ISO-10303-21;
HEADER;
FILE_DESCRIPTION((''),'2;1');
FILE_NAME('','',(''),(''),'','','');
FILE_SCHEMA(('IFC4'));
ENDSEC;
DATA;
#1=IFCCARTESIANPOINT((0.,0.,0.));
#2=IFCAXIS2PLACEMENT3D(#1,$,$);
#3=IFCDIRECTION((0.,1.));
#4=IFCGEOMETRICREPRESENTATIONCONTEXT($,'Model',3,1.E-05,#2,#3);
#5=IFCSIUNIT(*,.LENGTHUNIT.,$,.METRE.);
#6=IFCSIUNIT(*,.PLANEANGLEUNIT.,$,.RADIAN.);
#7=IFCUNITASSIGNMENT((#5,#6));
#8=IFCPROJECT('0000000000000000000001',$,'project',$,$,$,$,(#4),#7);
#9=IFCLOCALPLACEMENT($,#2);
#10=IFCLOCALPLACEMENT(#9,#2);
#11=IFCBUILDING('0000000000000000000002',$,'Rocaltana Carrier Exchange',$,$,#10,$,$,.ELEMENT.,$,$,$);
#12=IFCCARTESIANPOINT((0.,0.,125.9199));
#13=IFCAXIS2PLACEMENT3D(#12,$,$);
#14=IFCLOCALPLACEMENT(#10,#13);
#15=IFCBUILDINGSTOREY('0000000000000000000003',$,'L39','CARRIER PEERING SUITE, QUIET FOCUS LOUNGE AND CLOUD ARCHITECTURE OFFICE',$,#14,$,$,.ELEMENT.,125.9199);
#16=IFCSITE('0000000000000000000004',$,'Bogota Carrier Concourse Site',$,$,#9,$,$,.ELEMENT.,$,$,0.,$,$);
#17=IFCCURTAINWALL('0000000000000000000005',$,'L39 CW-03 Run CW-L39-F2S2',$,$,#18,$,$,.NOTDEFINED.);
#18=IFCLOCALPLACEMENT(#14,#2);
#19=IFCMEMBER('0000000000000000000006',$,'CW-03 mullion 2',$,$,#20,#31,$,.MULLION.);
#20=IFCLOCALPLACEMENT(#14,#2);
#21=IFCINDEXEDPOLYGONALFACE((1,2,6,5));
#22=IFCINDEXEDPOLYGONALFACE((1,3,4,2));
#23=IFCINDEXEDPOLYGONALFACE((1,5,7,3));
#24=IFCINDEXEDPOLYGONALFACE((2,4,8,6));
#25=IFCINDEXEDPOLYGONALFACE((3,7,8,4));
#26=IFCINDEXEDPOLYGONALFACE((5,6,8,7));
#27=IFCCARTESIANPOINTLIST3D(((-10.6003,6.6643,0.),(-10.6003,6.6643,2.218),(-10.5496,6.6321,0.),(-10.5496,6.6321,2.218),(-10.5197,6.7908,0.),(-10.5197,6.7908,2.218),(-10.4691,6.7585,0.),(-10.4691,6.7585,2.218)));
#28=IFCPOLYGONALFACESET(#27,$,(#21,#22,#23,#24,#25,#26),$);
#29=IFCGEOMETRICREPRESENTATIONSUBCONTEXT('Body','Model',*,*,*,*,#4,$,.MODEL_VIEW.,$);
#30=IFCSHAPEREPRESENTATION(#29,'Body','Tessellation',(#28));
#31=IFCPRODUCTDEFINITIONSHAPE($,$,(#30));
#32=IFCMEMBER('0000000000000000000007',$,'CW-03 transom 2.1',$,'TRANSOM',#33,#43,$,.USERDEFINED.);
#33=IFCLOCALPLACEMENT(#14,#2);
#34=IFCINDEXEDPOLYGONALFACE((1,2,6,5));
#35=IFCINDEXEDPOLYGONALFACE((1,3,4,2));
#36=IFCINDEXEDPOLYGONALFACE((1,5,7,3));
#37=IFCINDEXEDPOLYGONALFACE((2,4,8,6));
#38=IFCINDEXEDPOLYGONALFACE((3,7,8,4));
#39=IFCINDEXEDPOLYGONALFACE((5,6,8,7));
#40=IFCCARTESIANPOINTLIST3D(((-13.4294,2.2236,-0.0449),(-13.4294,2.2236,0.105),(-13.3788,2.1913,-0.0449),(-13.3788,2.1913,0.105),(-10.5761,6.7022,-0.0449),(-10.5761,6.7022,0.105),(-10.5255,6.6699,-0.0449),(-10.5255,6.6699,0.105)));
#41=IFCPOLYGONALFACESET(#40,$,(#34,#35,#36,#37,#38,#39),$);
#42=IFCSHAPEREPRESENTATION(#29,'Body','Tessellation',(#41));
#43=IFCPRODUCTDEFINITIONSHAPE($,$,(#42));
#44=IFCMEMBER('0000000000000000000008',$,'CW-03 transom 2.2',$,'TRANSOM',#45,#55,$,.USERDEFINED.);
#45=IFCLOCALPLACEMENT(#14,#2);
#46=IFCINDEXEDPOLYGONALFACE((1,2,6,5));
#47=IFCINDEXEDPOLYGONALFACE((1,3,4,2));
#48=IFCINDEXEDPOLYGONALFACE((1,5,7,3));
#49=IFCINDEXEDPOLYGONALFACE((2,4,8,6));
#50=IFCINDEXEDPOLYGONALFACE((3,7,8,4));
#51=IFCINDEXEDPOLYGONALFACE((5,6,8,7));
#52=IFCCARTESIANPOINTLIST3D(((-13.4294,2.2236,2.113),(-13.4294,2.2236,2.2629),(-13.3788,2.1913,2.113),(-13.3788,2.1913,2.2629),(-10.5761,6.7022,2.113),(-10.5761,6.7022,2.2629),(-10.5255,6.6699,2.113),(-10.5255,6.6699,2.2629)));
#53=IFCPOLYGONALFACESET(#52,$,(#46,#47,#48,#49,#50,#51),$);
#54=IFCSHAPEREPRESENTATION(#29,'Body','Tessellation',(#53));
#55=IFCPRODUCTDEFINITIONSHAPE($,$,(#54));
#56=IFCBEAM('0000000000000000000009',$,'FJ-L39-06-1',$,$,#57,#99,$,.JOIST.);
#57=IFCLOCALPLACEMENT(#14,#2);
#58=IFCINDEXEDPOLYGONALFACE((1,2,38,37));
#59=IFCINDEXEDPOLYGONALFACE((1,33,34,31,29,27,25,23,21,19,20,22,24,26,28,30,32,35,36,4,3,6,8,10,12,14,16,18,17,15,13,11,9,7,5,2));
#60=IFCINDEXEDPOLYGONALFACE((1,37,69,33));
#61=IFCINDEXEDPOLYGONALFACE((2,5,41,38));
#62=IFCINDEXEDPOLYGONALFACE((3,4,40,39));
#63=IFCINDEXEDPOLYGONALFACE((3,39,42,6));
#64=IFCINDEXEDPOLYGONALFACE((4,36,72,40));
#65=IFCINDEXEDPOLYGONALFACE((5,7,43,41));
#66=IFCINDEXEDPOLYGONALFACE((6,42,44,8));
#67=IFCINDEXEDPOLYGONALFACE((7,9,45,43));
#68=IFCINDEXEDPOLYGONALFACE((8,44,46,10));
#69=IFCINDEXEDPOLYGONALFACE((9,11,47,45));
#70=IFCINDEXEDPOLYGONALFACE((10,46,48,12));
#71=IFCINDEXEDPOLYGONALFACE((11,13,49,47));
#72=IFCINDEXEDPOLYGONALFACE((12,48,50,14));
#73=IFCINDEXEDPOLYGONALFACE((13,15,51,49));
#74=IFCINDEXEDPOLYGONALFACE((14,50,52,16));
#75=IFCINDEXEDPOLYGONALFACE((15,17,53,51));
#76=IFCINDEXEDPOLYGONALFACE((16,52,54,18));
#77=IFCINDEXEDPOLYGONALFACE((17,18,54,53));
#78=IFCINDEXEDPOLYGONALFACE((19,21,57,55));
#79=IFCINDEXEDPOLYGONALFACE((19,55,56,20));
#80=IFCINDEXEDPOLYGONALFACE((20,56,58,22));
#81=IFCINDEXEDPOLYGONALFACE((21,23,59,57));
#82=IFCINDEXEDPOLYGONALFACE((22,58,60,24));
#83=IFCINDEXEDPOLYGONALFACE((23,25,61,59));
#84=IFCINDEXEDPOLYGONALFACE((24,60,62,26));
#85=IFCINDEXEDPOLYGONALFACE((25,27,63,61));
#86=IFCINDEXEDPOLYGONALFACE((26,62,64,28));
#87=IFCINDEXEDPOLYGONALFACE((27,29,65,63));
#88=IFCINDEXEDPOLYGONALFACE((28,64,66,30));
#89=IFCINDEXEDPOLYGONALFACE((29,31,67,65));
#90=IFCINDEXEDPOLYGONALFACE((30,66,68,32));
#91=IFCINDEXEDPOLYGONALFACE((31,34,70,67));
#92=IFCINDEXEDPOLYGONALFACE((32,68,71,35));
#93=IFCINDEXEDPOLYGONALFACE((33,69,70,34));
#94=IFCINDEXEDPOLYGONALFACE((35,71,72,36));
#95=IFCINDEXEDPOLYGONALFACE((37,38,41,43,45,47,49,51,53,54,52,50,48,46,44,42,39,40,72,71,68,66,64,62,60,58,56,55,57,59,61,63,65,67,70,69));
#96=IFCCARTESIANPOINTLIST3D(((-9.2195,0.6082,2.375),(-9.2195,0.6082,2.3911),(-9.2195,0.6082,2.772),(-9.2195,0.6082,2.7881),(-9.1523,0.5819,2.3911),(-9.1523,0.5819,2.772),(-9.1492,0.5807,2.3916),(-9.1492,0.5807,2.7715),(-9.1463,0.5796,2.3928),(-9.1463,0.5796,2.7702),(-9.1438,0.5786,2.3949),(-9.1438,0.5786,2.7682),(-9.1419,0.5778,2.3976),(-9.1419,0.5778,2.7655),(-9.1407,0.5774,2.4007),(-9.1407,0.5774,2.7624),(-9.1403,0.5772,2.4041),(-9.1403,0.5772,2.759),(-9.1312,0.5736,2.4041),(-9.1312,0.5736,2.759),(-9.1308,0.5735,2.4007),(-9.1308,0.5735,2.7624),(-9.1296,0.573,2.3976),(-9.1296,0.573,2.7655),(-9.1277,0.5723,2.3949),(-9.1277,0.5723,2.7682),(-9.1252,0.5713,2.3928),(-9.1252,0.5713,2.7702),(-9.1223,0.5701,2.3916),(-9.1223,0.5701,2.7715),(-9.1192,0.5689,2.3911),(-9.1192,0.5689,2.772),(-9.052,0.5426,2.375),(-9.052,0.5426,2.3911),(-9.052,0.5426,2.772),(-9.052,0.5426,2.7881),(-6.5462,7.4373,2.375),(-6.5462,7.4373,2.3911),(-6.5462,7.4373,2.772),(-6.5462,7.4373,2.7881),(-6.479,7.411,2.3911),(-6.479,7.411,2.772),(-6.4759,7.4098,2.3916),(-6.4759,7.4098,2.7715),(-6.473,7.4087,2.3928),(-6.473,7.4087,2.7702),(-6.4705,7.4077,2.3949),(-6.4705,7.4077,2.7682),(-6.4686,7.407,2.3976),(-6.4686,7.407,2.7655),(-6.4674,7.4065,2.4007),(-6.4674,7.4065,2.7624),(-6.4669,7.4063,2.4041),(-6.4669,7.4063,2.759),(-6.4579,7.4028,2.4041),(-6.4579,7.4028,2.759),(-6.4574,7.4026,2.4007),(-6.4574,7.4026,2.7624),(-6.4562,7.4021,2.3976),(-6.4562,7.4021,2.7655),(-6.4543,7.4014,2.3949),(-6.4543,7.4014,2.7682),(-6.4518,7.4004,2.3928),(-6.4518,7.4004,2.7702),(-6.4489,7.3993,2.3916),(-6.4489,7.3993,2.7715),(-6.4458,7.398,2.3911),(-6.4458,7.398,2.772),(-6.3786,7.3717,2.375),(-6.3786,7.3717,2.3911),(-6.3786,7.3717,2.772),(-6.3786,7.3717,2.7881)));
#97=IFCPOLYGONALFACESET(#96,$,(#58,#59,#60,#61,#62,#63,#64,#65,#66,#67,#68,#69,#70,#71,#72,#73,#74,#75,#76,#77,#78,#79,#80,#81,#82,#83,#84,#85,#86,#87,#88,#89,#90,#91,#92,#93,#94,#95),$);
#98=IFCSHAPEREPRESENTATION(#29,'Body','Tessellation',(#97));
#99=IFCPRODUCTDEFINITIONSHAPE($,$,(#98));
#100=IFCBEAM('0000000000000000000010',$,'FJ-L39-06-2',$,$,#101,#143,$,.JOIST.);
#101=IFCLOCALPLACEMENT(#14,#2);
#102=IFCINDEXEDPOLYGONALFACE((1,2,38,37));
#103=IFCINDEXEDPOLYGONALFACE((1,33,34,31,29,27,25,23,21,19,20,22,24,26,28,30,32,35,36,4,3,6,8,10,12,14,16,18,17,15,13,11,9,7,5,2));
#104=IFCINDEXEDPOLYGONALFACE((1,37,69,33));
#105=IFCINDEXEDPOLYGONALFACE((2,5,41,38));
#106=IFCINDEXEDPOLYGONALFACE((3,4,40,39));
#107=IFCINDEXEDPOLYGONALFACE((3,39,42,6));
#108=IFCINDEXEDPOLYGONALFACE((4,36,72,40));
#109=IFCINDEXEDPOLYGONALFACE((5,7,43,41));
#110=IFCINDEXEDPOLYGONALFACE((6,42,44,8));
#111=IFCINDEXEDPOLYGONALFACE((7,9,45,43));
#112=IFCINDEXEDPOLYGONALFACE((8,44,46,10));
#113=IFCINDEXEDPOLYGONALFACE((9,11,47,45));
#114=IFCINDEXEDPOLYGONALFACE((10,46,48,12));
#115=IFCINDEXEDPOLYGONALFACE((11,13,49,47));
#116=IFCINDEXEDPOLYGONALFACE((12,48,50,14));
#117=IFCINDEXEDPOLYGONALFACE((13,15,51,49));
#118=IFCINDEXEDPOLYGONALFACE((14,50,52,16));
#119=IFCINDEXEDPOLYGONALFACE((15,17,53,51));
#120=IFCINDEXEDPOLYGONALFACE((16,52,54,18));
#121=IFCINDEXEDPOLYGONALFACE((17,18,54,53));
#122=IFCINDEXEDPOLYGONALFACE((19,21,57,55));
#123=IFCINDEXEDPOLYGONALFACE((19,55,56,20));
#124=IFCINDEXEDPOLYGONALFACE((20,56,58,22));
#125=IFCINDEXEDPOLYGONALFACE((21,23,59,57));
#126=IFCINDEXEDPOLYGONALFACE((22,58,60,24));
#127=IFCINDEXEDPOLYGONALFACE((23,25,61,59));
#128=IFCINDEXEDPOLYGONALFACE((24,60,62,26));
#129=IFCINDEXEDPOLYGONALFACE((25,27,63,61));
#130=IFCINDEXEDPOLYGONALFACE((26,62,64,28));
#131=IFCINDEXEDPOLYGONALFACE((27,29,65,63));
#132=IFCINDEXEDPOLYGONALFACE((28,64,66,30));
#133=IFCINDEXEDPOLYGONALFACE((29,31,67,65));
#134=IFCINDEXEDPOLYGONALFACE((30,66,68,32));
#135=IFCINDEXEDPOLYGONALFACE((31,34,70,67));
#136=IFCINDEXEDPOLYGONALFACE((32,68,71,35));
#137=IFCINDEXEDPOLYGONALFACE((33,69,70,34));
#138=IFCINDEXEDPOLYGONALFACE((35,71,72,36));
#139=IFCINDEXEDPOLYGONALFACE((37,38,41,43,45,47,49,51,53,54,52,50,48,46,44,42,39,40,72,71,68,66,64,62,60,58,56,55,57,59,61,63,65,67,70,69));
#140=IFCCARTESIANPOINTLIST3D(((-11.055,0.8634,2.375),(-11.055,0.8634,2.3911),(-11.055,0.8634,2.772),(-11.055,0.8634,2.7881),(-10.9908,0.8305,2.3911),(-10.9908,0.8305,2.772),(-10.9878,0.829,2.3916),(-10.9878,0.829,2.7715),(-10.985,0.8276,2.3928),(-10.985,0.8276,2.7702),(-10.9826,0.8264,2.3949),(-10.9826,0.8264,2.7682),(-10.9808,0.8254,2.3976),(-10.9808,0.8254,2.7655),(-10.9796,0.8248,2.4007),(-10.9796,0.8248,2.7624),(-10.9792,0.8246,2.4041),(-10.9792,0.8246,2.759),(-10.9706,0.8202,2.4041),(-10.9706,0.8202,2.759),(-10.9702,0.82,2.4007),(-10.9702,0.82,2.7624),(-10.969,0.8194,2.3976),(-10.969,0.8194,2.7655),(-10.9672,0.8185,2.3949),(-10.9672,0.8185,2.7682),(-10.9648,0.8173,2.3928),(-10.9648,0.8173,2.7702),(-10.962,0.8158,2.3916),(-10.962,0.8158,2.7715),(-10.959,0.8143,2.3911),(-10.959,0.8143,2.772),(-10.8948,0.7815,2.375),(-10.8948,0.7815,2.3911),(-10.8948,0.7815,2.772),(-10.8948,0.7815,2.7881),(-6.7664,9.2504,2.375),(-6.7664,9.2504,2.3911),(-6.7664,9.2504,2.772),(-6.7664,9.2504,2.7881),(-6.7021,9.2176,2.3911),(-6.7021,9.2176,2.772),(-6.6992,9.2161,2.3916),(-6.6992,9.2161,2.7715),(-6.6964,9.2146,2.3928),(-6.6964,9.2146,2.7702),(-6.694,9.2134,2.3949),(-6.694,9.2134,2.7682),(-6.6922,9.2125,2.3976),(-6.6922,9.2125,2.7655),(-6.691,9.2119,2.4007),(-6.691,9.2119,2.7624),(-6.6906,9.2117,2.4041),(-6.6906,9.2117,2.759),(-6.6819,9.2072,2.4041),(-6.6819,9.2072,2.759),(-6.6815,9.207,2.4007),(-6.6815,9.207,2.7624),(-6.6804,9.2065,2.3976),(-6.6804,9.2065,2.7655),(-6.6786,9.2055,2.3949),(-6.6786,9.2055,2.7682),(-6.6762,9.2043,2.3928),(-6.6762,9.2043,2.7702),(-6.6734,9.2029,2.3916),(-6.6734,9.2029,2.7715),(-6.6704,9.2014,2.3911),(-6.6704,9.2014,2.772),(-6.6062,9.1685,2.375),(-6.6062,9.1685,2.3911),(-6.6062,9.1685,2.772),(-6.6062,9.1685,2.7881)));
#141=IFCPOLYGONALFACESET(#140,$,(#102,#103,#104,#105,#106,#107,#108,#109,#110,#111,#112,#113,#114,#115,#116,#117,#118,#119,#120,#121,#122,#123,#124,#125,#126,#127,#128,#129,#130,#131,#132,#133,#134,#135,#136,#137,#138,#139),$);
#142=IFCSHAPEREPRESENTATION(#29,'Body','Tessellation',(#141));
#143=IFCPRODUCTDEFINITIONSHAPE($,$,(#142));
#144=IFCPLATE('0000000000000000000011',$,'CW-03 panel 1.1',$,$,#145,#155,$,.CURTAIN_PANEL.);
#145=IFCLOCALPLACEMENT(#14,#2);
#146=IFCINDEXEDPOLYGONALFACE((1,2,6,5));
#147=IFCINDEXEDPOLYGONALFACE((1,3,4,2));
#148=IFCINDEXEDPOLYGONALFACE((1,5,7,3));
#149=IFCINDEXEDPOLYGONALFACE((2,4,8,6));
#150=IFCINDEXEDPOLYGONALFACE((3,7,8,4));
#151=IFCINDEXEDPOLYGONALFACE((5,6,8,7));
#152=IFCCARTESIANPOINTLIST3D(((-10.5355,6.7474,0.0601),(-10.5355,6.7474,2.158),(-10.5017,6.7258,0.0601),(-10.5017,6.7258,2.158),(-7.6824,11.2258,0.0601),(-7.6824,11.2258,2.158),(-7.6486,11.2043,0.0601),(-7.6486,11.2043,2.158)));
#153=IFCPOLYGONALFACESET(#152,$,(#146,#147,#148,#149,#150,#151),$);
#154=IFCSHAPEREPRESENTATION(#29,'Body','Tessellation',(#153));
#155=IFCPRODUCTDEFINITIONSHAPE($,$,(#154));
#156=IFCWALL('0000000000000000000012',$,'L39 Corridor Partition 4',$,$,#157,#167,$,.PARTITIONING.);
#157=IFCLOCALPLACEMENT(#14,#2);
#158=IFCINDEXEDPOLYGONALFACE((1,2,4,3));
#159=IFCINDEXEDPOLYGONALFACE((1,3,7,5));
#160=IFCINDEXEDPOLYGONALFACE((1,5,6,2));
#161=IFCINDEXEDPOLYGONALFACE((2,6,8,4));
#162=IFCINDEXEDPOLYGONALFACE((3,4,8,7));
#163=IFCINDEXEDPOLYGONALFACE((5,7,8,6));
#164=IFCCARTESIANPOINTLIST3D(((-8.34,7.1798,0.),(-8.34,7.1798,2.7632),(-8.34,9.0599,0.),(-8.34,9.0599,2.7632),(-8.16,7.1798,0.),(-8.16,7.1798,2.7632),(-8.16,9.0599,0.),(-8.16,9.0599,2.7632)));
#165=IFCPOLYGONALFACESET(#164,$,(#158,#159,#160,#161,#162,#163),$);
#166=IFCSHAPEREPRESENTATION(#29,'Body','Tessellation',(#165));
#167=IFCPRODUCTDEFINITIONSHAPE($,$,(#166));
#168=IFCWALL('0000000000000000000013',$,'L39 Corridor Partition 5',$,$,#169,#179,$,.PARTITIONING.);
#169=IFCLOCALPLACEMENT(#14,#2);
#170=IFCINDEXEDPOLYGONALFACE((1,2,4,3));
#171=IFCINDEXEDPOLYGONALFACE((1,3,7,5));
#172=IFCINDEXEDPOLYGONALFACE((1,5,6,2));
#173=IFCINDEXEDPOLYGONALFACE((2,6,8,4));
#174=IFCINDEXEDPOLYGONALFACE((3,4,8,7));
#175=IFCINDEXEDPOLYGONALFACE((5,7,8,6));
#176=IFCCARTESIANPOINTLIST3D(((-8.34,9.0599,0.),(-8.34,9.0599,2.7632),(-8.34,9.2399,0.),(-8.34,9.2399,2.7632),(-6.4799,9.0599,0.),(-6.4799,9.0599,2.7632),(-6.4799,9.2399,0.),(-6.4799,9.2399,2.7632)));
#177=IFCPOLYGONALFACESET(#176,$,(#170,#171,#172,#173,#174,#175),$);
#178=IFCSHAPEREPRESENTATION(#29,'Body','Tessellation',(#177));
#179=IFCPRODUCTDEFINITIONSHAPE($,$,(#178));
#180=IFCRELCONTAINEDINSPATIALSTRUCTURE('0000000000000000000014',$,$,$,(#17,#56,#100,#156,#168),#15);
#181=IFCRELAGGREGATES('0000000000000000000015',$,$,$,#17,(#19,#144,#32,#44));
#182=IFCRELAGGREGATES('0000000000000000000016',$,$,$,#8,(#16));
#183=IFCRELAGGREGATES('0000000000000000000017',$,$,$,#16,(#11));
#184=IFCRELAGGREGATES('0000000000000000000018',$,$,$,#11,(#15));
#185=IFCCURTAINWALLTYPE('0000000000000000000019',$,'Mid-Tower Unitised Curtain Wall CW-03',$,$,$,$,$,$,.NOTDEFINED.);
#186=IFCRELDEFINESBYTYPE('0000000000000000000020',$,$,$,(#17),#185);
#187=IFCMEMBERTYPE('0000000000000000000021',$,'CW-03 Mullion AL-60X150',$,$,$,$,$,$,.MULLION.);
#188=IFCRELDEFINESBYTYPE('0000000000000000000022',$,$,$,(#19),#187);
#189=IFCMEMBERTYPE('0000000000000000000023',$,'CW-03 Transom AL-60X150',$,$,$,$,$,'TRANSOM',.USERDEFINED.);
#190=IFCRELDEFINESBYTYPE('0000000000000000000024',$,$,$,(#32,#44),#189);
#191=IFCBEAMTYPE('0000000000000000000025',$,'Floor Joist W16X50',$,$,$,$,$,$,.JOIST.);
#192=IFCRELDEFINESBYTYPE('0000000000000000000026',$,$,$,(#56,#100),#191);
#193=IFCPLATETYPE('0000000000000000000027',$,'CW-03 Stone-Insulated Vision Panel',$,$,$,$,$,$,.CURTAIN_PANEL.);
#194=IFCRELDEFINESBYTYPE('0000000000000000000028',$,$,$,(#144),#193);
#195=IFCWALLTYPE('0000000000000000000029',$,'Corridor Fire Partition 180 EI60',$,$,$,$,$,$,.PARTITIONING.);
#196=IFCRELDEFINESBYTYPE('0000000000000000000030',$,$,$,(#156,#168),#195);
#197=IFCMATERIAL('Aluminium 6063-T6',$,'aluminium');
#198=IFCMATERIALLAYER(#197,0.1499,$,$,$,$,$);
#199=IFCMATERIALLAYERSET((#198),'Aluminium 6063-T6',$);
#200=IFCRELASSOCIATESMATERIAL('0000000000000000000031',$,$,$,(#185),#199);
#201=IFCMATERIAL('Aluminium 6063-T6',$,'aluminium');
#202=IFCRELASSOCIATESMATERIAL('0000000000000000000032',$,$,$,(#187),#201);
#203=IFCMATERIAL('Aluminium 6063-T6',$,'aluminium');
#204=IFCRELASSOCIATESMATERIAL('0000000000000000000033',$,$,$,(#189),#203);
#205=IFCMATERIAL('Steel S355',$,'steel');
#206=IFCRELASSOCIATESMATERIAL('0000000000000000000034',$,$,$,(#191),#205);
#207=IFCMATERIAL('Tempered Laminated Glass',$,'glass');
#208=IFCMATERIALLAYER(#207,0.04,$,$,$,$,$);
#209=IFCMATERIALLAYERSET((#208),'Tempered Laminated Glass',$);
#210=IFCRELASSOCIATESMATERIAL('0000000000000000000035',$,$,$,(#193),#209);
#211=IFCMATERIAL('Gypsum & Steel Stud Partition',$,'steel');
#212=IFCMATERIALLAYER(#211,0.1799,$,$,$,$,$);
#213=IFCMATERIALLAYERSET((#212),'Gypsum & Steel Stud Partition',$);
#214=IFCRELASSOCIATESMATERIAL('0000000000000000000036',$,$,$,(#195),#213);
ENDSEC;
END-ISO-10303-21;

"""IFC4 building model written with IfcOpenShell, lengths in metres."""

from ifc_helpers import new_model, si_unit, direction, frame, frame_2d, origin, origin_2d, place, context, subcontext, project, spatial, rectangle, i_section, extrude, material, layer, layer_set, material_profile, profile_set, type_object, element, aggregate, save


model = new_model("IFC4")

# Units and contexts
model_context = context("Model", 3, precision=1e-05, world=origin(), true_north=direction((0.0, 1.0)))
body_context = subcontext(model_context, "Body", "Model", "MODEL_VIEW")
ifc_project = project(units=[si_unit("LENGTHUNIT", "METRE"), si_unit("PLANEANGLEUNIT", "RADIAN")], contexts=[model_context])

# Site, building, storey
site_placement = place(None, origin())
site = spatial("IfcSite", under=ifc_project, at=site_placement, Name="Bogota Carrier Concourse Site", CompositionType="ELEMENT", RefElevation=0.0)
building_placement = place(site_placement, origin())
building = spatial("IfcBuilding", under=site, at=building_placement, Name="Rocaltana Carrier Exchange", CompositionType="ELEMENT")
storey_placement = place(building_placement, frame((0.0, 0.0, 125.9199)))
storey = spatial("IfcBuildingStorey", under=building, at=storey_placement, Name="L39", Description="CARRIER PEERING SUITE, QUIET FOCUS LOUNGE AND CLOUD ARCHITECTURE OFFICE", CompositionType="ELEMENT", Elevation=125.9199)

# Curtain wall, members
ifc_material_1 = material(Name="Aluminium 6063-T6", Category="aluminium")
ifc_layer_1 = layer(ifc_material_1, 0.1499)
ifc_layer_set_1 = layer_set([ifc_layer_1], Name="Aluminium 6063-T6")
curtain_wall_type = type_object("IfcCurtainWallType", Name="Mid-Tower Unitised Curtain Wall CW-03", PredefinedType="NOTDEFINED", material=ifc_layer_set_1)
curtain_wall_placement = place(storey_placement, origin())
curtain_wall = element("IfcCurtainWall", 1, at=curtain_wall_placement, inside=storey, type_object=curtain_wall_type, Name="L39 CW-03 Run CW-L39-F2S2", PredefinedType="NOTDEFINED")
ifc_material_2 = material(Name="Aluminium 6063-T6", Category="aluminium")
ifc_material_profile_1 = material_profile(ifc_material_2, rectangle(XDim=0.0601, YDim=0.1499, at=origin_2d()), Name="AL-60X150")
ifc_profile_set_1 = profile_set([ifc_material_profile_1], Name="Aluminium 6063-T6")
member_type_1 = type_object("IfcMemberType", Name="CW-03 Mullion AL-60X150", PredefinedType="MULLION", material=ifc_profile_set_1)
member_1_placement = place(storey_placement, frame((-10.5347, 6.7114, 0.0), z_axis=(0.0, 0.0, 1.0), x_axis=(0.843391, -0.537301, 0.0)))
member_1 = element("IfcMember", 2, at=member_1_placement, type_object=member_type_1, Name="CW-03 mullion 2", PredefinedType="MULLION", context=body_context, shape_type="SweptSolid", body=[
    extrude(rectangle(XDim=0.0601, YDim=0.1499, at=origin_2d()), origin(), (0.0, 0.0, 1.0), 2.218),
])
ifc_material_3 = material(Name="Aluminium 6063-T6", Category="aluminium")
ifc_material_profile_2 = material_profile(ifc_material_3, rectangle(XDim=0.0601, YDim=0.1499, at=origin_2d()), Name="AL-60X150")
ifc_profile_set_2 = profile_set([ifc_material_profile_2], Name="Aluminium 6063-T6")
member_type_2 = type_object("IfcMemberType", Name="CW-03 Transom AL-60X150", ElementType="TRANSOM", PredefinedType="USERDEFINED", material=ifc_profile_set_2)
member_2_placement = place(storey_placement, frame((-10.5508, 6.686, 0.03), z_axis=(-0.537319, -0.843379, 0.0), x_axis=(0.843379, -0.537319, 0.0)))
member_2 = element("IfcMember", 3, at=member_2_placement, type_object=member_type_2, Name="CW-03 transom 2.1", ObjectType="TRANSOM", PredefinedType="USERDEFINED", context=body_context, shape_type="SweptSolid", body=[
    extrude(rectangle(XDim=0.0601, YDim=0.1499, at=origin_2d()), origin(), (0.0, 0.0, 1.0), 5.3103),
])
member_3_placement = place(storey_placement, frame((-10.5508, 6.686, 2.188), z_axis=(-0.537319, -0.843379, 0.0), x_axis=(0.843379, -0.537319, 0.0)))
member_3 = element("IfcMember", 4, at=member_3_placement, type_object=member_type_2, Name="CW-03 transom 2.2", ObjectType="TRANSOM", PredefinedType="USERDEFINED", context=body_context, shape_type="SweptSolid", body=[
    extrude(rectangle(XDim=0.0601, YDim=0.1499, at=origin_2d()), origin(), (0.0, 0.0, 1.0), 5.3103),
])

# Beams
ifc_material_4 = material(Name="Steel S355", Category="steel")
ifc_material_profile_3 = material_profile(ifc_material_4, i_section(OverallWidth=0.1799, OverallDepth=0.4131, WebThickness=0.0098, FlangeThickness=0.0161, FilletRadius=0.0129, at=origin_2d()), Name="W16X50")
ifc_profile_set_3 = profile_set([ifc_material_profile_3], Name="Steel S355")
beam_type = type_object("IfcBeamType", Name="Floor Joist W16X50", PredefinedType="JOIST", material=ifc_profile_set_3)
beam_1_placement = place(storey_placement, frame((-6.4624, 7.4045, 2.5815), z_axis=(-0.364527, -0.931193, 0.0), x_axis=(0.931193, -0.364527, 0.0)))
element("IfcBeam", 5, at=beam_1_placement, inside=storey, type_object=beam_type, Name="FJ-L39-06-1", PredefinedType="JOIST", context=body_context, shape_type="SweptSolid", body=[
    extrude(i_section(OverallWidth=0.1799, OverallDepth=0.4131, WebThickness=0.0098, FlangeThickness=0.0161, FilletRadius=0.0129, at=origin_2d()), origin(), (0.0, 0.0, 1.0), 7.3337),
])
beam_2_placement = place(storey_placement, frame((-6.6863, 9.2095, 2.5815), z_axis=(-0.455271, -0.890353, 0.0), x_axis=(0.890353, -0.455271, 0.0)))
element("IfcBeam", 6, at=beam_2_placement, inside=storey, type_object=beam_type, Name="FJ-L39-06-2", PredefinedType="JOIST", context=body_context, shape_type="SweptSolid", body=[
    extrude(i_section(OverallWidth=0.1799, OverallDepth=0.4131, WebThickness=0.0098, FlangeThickness=0.0161, FilletRadius=0.0129, at=origin_2d()), origin(), (0.0, 0.0, 1.0), 9.4199),
])

# Plate
ifc_material_5 = material(Name="Tempered Laminated Glass", Category="glass")
ifc_layer_2 = layer(ifc_material_5, 0.04)
ifc_layer_set_2 = layer_set([ifc_layer_2], Name="Tempered Laminated Glass")
plate_type = type_object("IfcPlateType", Name="CW-03 Stone-Insulated Vision Panel", PredefinedType="CURTAIN_PANEL", material=ifc_layer_set_2)
plate_placement = place(storey_placement, frame((-9.092, 8.9758, 0.0601), z_axis=(0.0, 0.0, 1.0), x_axis=(-0.537301, -0.843391, 0.0)))
plate = element("IfcPlate", 7, at=plate_placement, type_object=plate_type, Name="CW-03 panel 1.1", PredefinedType="CURTAIN_PANEL", context=body_context, shape_type="SweptSolid", body=[
    extrude(rectangle(XDim=5.3101, YDim=0.04, at=origin_2d()), origin(), (0.0, 0.0, 1.0), 2.0979),
])
aggregate(curtain_wall, [member_1, plate, member_2, member_3])

# Walls
ifc_material_6 = material(Name="Gypsum & Steel Stud Partition", Category="steel")
ifc_layer_3 = layer(ifc_material_6, 0.1799)
ifc_layer_set_3 = layer_set([ifc_layer_3], Name="Gypsum & Steel Stud Partition")
wall_type_1 = type_object("IfcWallType", Name="Corridor Fire Partition 180 EI60", PredefinedType="PARTITIONING", material=ifc_layer_set_3)
wall_1_placement = place(storey_placement, frame((-8.25, 7.1799, 0.0), z_axis=(0.0, 0.0, 1.0), x_axis=(0.0, 1.0, 0.0)))
element("IfcWall", 8, at=wall_1_placement, inside=storey, type_object=wall_type_1, Name="L39 Corridor Partition 4", PredefinedType="PARTITIONING", context=body_context, shape_type="SweptSolid", body=[
    extrude(rectangle(XDim=1.8801, YDim=0.1799, at=frame_2d((0.9399, 0.0))), origin(), (0.0, 0.0, 1.0), 2.7632),
])
wall_2_placement = place(storey_placement, frame((-8.3401, 9.1499, 0.0), z_axis=(0.0, 0.0, 1.0), x_axis=(1.0, 0.0, 0.0)))
element("IfcWall", 9, at=wall_2_placement, inside=storey, type_object=wall_type_1, Name="L39 Corridor Partition 5", PredefinedType="PARTITIONING", context=body_context, shape_type="SweptSolid", body=[
    extrude(rectangle(XDim=1.8601, YDim=0.1799, at=frame_2d((0.9302, 0.0))), origin(), (0.0, 0.0, 1.0), 2.7632),
])

save(model, "model.ifc")
